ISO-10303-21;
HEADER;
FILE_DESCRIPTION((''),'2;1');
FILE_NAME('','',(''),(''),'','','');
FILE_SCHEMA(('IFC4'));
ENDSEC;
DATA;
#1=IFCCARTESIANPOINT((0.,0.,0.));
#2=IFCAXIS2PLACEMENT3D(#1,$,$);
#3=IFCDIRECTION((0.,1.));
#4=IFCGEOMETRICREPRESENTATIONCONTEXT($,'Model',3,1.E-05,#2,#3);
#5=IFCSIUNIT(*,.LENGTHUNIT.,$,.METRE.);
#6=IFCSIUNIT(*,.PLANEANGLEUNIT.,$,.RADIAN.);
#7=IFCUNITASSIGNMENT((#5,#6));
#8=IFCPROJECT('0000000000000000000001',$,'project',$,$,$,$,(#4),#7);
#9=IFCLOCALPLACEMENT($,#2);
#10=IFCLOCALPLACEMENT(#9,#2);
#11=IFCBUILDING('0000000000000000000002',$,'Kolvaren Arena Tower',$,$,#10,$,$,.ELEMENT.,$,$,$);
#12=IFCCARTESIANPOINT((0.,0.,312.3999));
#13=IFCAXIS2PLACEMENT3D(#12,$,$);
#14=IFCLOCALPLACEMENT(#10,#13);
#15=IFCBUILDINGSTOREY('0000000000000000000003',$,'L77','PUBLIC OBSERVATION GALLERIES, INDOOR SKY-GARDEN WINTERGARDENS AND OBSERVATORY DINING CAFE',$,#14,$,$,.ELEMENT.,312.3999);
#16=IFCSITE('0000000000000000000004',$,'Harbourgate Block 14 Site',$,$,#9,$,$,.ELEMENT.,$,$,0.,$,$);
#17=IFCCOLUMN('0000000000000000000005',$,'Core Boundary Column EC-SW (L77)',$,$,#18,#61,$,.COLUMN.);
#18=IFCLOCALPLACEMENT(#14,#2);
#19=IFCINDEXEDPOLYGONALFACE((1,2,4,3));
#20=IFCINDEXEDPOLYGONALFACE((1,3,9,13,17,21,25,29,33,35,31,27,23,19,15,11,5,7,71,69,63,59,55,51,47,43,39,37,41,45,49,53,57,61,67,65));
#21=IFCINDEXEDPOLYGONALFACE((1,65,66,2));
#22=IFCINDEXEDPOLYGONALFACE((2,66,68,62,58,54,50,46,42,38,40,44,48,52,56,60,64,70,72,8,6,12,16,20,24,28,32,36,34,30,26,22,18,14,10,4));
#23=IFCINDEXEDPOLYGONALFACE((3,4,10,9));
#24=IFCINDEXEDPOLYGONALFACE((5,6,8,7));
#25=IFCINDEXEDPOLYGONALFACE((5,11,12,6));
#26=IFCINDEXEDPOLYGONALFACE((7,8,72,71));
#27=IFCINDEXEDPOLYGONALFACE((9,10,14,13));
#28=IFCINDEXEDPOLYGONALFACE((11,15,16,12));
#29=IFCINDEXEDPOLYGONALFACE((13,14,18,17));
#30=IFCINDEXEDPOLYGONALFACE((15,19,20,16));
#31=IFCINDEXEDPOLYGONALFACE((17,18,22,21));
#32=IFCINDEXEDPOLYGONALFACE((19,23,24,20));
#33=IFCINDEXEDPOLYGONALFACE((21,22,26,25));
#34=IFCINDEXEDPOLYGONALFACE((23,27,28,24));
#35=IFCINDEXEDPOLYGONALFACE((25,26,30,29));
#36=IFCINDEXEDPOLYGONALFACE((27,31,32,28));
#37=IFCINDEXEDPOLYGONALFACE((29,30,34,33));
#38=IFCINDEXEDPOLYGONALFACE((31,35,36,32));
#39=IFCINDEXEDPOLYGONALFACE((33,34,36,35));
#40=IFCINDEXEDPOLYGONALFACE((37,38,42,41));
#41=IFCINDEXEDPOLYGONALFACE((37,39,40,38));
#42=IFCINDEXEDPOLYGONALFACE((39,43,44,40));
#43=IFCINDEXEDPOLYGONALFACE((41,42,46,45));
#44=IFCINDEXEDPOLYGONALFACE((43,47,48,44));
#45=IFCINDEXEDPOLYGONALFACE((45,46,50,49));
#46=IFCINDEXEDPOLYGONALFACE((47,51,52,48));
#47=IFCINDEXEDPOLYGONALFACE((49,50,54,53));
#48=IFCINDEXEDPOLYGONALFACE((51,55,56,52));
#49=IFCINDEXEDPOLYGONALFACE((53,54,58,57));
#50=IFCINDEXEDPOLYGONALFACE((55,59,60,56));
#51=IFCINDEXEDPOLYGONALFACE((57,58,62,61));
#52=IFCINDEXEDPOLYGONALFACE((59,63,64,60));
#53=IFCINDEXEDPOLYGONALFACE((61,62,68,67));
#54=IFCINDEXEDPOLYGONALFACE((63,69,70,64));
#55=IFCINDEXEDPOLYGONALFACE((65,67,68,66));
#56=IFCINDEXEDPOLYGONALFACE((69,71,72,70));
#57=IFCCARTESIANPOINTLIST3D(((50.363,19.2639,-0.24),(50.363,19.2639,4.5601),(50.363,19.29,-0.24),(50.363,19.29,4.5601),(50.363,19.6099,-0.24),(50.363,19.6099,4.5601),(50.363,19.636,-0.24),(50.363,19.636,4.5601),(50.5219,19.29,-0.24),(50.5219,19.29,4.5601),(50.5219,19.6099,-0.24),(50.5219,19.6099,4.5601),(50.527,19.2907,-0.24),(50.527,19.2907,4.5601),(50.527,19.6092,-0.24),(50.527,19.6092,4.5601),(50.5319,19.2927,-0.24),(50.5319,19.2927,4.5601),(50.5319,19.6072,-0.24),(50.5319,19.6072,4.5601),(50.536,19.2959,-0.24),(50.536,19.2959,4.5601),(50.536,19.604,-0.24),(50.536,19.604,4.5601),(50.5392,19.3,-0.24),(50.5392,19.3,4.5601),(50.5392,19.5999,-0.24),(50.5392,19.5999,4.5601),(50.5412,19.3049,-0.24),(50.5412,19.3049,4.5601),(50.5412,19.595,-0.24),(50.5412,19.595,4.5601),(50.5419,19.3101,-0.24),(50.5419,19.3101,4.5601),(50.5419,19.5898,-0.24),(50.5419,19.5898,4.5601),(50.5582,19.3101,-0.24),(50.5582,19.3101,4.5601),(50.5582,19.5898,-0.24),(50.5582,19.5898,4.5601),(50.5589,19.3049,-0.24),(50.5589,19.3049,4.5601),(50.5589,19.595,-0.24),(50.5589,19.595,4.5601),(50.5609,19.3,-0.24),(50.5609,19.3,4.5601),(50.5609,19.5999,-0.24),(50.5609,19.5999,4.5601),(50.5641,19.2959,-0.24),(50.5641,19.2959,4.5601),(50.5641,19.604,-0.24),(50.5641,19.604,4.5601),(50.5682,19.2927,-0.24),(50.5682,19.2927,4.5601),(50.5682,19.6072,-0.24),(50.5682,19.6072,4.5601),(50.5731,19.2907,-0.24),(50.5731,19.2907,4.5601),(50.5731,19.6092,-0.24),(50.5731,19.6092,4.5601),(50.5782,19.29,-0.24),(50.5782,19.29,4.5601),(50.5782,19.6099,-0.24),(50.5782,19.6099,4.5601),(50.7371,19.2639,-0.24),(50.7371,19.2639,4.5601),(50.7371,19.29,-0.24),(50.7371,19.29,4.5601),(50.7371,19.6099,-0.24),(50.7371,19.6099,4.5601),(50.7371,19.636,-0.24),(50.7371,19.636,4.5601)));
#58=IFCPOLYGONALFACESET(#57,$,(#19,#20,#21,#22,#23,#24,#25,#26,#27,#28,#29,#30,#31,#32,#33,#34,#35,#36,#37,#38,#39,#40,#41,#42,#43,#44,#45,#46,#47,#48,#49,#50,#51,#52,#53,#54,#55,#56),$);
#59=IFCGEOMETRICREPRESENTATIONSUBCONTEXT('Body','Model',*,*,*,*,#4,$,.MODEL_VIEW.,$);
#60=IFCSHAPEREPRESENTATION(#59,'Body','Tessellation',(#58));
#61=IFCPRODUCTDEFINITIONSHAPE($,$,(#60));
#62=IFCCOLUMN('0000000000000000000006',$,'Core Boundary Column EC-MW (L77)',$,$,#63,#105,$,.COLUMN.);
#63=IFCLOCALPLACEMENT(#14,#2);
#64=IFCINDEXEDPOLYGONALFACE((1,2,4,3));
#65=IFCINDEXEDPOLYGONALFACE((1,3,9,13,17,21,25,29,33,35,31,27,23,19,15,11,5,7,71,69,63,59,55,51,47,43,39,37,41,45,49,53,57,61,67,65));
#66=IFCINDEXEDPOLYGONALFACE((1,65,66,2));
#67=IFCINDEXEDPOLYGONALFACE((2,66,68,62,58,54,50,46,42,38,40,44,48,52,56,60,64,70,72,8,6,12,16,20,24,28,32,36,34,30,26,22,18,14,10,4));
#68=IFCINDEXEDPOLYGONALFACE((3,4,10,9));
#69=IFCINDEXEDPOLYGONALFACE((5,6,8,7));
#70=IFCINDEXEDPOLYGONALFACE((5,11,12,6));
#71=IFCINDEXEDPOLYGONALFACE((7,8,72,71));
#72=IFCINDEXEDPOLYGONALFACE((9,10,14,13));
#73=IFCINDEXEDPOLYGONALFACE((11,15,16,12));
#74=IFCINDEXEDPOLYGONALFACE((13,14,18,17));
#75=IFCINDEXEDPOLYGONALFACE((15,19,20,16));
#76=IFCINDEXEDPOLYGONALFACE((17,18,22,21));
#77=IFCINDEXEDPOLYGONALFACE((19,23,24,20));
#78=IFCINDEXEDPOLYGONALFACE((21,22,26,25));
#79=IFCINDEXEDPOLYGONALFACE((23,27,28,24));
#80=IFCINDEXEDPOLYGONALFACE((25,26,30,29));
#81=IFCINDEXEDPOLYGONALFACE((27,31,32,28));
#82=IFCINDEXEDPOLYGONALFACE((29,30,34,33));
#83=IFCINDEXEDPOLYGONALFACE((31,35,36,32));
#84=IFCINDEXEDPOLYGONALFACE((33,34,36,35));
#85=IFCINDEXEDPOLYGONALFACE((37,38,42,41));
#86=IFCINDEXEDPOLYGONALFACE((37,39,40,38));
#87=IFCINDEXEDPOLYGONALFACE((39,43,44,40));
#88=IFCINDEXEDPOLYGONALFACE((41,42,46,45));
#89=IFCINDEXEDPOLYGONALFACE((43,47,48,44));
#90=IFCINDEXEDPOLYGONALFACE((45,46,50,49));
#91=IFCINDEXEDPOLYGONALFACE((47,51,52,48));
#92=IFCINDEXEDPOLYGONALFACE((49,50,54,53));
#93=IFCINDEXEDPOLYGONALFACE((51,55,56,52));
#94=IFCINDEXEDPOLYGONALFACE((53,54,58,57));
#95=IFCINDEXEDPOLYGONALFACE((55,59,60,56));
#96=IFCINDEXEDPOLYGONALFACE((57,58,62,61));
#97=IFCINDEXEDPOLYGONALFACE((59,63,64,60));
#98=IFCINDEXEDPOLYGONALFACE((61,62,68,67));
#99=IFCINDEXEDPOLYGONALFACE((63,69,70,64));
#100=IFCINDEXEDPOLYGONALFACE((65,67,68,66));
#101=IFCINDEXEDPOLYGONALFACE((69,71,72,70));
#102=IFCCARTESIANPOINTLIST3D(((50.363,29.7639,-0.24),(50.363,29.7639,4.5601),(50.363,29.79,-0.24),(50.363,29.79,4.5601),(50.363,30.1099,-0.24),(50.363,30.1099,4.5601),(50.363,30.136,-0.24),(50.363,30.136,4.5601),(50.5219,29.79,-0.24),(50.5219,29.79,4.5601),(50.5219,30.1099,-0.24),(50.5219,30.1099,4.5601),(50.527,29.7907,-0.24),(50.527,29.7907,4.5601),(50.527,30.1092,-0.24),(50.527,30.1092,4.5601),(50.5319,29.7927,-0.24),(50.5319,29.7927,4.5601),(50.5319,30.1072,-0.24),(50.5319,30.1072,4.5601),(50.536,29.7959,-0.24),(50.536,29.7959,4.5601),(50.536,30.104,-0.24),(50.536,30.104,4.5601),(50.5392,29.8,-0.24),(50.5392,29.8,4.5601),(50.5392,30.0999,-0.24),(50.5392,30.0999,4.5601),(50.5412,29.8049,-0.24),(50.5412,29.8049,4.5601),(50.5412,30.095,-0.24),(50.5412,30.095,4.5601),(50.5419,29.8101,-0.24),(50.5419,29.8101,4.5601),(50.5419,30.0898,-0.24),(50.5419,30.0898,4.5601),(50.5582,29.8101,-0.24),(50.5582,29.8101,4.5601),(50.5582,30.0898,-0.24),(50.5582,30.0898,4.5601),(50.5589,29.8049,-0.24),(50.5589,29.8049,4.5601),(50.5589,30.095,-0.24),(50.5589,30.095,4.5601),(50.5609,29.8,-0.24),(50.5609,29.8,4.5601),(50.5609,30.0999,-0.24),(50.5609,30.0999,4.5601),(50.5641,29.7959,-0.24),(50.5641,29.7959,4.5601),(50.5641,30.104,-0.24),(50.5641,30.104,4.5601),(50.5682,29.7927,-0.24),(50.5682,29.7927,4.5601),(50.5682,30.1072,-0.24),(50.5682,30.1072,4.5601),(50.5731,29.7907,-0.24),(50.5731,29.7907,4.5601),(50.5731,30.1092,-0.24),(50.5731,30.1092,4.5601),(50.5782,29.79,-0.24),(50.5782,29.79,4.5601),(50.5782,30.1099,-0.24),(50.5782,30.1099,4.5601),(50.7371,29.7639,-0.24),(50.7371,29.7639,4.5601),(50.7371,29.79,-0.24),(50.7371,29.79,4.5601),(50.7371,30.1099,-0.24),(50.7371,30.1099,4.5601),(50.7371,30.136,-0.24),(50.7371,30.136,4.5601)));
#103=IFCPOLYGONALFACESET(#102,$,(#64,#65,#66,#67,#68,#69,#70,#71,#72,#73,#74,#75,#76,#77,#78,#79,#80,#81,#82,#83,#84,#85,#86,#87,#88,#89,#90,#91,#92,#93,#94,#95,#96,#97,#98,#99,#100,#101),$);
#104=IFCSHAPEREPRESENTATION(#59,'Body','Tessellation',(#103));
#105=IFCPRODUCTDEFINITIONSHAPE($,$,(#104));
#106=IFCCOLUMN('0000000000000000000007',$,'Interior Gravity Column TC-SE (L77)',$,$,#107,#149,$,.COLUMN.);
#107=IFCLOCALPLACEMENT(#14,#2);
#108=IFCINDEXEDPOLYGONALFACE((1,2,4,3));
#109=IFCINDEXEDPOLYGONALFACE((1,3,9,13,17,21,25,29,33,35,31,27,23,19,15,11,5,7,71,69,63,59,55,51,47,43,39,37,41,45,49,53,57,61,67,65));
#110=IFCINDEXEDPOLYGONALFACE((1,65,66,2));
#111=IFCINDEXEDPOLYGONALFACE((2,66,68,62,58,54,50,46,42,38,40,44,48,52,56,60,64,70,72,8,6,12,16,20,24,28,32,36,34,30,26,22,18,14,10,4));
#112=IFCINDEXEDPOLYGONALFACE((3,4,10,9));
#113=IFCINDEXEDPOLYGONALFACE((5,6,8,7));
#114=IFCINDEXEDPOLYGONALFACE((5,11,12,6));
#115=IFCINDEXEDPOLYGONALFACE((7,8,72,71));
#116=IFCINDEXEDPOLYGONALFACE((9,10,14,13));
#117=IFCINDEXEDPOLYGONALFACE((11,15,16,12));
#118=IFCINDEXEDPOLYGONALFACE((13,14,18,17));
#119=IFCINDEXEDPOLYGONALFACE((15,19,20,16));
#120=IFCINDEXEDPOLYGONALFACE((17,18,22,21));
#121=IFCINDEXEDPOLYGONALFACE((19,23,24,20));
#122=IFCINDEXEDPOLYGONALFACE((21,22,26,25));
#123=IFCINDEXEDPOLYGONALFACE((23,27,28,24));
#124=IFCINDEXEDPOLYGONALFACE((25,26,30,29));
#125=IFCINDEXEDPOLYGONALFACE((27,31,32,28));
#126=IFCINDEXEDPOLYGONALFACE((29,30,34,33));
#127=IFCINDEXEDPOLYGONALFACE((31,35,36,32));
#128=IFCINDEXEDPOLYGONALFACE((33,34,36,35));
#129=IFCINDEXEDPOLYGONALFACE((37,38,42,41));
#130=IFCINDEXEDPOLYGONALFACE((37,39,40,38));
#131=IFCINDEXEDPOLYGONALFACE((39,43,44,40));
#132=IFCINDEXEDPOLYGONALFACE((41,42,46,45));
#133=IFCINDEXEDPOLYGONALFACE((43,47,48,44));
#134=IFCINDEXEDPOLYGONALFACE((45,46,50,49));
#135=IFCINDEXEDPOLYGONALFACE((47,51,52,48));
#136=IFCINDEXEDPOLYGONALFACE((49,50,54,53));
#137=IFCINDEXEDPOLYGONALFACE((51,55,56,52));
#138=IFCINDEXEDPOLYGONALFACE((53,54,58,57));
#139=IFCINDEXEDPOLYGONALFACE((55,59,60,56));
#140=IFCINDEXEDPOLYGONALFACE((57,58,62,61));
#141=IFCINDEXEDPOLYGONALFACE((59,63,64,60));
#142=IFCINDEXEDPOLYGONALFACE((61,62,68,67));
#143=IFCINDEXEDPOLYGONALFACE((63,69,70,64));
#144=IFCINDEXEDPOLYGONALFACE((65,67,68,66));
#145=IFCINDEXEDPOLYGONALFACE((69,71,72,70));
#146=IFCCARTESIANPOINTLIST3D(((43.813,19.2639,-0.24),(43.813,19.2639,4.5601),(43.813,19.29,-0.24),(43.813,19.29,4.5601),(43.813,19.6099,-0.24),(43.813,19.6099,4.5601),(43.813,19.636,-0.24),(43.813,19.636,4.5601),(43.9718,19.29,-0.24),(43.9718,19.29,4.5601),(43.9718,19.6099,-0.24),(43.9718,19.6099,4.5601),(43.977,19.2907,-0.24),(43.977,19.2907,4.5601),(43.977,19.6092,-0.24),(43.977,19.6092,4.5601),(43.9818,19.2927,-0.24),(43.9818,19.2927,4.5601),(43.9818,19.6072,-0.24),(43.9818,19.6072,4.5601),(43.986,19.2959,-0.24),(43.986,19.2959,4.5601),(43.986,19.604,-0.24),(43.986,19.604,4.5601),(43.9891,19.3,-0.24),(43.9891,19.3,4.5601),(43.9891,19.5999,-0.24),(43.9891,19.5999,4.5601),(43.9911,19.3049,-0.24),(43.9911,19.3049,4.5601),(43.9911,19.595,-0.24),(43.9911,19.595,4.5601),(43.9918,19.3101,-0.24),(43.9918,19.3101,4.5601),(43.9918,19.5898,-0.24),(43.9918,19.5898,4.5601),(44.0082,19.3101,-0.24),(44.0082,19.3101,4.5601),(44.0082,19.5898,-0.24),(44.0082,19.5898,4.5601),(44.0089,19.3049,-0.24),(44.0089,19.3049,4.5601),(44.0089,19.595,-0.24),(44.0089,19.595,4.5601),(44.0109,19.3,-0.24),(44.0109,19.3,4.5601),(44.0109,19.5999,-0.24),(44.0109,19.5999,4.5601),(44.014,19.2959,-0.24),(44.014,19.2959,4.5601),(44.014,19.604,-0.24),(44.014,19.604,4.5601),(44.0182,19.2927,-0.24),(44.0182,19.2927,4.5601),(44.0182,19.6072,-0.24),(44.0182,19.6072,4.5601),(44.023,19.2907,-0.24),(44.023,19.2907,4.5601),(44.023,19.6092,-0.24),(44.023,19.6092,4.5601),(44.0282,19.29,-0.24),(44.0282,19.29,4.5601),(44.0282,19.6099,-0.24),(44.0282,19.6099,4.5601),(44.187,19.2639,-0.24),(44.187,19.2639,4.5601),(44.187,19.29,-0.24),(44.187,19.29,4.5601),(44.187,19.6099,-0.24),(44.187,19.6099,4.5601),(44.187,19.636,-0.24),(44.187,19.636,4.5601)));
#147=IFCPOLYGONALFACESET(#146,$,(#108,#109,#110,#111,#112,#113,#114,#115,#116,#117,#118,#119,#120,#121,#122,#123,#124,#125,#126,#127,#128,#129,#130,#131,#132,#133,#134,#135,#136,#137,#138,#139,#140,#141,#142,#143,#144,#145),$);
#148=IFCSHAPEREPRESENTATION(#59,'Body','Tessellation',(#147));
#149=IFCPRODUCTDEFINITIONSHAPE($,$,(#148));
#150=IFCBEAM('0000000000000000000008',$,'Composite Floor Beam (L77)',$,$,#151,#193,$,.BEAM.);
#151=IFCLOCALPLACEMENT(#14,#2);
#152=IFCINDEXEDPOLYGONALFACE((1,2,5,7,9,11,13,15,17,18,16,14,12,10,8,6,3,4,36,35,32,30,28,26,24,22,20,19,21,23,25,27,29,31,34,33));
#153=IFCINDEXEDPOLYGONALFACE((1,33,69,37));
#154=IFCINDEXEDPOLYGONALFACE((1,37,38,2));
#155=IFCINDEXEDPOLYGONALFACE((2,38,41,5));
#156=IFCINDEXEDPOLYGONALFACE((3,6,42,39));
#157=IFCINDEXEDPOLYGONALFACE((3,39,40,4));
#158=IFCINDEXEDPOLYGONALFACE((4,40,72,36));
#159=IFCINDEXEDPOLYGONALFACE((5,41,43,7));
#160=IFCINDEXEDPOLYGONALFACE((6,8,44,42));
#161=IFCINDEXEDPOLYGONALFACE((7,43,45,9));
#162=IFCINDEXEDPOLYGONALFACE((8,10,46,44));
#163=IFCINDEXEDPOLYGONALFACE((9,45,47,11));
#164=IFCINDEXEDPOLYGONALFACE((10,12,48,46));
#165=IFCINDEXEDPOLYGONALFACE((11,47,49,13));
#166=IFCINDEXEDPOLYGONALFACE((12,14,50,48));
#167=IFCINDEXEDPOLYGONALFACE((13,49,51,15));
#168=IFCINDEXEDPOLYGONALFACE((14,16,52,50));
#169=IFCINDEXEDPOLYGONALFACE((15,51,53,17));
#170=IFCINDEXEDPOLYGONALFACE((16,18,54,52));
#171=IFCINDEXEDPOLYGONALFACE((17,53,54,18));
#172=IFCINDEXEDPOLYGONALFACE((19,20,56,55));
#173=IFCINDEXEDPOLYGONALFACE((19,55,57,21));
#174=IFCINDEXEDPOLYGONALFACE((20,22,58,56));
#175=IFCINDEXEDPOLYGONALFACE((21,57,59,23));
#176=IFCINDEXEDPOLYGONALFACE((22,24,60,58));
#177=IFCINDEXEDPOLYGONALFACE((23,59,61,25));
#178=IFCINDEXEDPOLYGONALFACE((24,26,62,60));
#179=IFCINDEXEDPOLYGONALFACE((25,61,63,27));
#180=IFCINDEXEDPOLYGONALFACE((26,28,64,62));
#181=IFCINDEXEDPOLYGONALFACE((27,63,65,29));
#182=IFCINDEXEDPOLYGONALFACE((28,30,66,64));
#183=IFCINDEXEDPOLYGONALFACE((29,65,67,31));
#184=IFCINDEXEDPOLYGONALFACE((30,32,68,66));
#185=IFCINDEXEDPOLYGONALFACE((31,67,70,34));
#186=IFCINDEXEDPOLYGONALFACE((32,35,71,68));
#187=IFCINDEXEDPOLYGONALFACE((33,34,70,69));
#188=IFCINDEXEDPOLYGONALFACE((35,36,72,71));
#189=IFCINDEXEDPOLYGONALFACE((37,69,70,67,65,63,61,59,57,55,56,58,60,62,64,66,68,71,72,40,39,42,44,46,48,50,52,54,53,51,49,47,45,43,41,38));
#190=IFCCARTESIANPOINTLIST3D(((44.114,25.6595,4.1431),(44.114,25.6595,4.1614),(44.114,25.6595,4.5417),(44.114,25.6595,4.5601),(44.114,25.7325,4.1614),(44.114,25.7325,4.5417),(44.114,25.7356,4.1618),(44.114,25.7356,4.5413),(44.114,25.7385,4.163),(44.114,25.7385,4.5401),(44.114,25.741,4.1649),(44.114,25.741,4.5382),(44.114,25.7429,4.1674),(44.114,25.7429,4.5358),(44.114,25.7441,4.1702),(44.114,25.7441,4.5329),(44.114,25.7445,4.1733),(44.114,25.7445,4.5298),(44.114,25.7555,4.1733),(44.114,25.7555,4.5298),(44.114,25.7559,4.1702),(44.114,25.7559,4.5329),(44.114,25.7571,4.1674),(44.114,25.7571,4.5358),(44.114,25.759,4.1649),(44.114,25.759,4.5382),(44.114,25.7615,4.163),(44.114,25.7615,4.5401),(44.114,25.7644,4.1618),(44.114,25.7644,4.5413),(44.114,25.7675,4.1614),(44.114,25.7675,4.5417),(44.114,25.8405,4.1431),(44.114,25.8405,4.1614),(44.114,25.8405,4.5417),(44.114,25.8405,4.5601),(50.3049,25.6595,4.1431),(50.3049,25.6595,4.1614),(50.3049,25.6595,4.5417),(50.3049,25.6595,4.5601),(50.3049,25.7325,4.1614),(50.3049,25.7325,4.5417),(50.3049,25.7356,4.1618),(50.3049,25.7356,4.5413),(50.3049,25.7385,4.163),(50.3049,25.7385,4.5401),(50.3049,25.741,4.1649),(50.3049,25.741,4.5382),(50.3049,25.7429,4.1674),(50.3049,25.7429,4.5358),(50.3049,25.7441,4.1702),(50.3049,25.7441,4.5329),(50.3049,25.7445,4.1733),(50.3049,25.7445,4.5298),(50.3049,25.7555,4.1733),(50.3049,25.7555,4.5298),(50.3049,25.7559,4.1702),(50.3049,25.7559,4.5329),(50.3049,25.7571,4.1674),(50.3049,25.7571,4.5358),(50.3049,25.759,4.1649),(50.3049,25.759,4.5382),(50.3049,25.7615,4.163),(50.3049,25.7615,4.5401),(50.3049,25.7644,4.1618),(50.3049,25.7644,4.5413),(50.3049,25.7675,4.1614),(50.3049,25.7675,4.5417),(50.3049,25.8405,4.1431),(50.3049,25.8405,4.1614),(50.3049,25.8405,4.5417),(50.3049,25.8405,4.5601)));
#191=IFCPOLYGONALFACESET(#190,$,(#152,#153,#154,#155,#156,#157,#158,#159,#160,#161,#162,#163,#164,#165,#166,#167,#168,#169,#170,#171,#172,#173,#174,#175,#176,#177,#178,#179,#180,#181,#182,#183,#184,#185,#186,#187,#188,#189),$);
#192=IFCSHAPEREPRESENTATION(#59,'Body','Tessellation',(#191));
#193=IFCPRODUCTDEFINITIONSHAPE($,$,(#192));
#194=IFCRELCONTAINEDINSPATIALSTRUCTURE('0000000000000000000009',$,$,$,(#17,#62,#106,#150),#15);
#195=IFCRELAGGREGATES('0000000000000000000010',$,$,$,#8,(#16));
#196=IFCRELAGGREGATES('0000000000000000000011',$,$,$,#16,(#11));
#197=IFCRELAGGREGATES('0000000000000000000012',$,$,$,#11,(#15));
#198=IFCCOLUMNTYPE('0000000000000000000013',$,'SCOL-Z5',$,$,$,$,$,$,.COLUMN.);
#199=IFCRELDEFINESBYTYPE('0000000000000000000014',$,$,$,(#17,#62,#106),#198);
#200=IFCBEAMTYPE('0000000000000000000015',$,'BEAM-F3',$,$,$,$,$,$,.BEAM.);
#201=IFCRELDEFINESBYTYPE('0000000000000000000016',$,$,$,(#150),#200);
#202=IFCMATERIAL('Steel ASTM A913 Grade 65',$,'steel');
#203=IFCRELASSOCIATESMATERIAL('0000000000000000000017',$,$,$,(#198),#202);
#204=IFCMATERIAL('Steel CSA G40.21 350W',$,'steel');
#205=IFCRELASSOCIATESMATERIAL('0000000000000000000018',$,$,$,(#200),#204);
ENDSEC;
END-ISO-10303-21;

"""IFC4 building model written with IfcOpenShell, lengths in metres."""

from ifc_helpers import new_model, si_unit, direction, frame, origin, origin_2d, place, context, subcontext, project, spatial, i_section, extrude, material, material_profile, profile_set, type_object, element, save


model = new_model("IFC4")

# Units and contexts
model_context = context("Model", 3, precision=1e-05, world=origin(), true_north=direction((0.0, 1.0)))
body_context = subcontext(model_context, "Body", "Model", "MODEL_VIEW")
ifc_project = project(units=[si_unit("LENGTHUNIT", "METRE"), si_unit("PLANEANGLEUNIT", "RADIAN")], contexts=[model_context])

# Site, building, storey
site_placement = place(None, origin())
site = spatial("IfcSite", under=ifc_project, at=site_placement, Name="Harbourgate Block 14 Site", CompositionType="ELEMENT", RefElevation=0.0)
building_placement = place(site_placement, origin())
building = spatial("IfcBuilding", under=site, at=building_placement, Name="Kolvaren Arena Tower", CompositionType="ELEMENT")
storey_placement = place(building_placement, frame((0.0, 0.0, 312.3999)))
storey = spatial("IfcBuildingStorey", under=building, at=storey_placement, Name="L77", Description="PUBLIC OBSERVATION GALLERIES, INDOOR SKY-GARDEN WINTERGARDENS AND OBSERVATORY DINING CAFE", CompositionType="ELEMENT", Elevation=312.3999)

# Columns
ifc_material_1 = material(Name="Steel ASTM A913 Grade 65", Category="steel")
ifc_material_profile_1 = material_profile(ifc_material_1, i_section(OverallWidth=0.374, OverallDepth=0.3721, WebThickness=0.0164, FlangeThickness=0.0261, FilletRadius=0.02, at=origin_2d()), Name="W360x196")
ifc_profile_set_1 = profile_set([ifc_material_profile_1], Name="Steel ASTM A913 Grade 65")
column_type = type_object("IfcColumnType", Name="SCOL-Z5", PredefinedType="COLUMN", material=ifc_profile_set_1)
for number, where, z_axis, x_axis, name in (
    (1, (50.55, 19.45, -0.24), (0.0, 0.0, 1.0), (1.0, 0.0, 0.0), "Core Boundary Column EC-SW (L77)"),
    (2, (50.55, 29.95, -0.24), (0.0, 0.0, 1.0), (1.0, 0.0, 0.0), "Core Boundary Column EC-MW (L77)"),
    (3, (44.0, 19.45, -0.24), (0.0, 0.0, 1.0), (1.0, 0.0, 0.0), "Interior Gravity Column TC-SE (L77)"),
):
    element("IfcColumn", number, at=place(storey_placement, frame(where, z_axis=z_axis, x_axis=x_axis)), inside=storey, type_object=column_type, Name=name, PredefinedType="COLUMN", context=body_context, shape_type="SweptSolid", body=[
        extrude(i_section(OverallWidth=0.374, OverallDepth=0.3721, WebThickness=0.0164, FlangeThickness=0.0261, FilletRadius=0.02, at=origin_2d()), origin(), (0.0, 0.0, 1.0), 4.8),
    ])

# Beam
ifc_material_2 = material(Name="Steel CSA G40.21 350W", Category="steel")
ifc_material_profile_2 = material_profile(ifc_material_2, i_section(OverallWidth=0.1809, OverallDepth=0.417, WebThickness=0.011, FlangeThickness=0.0183, FilletRadius=0.012, at=origin_2d()), Name="W410x85")
ifc_profile_set_2 = profile_set([ifc_material_profile_2], Name="Steel CSA G40.21 350W")
beam_type_1 = type_object("IfcBeamType", Name="BEAM-F3", PredefinedType="BEAM", material=ifc_profile_set_2)
beam_1_placement = place(storey_placement, frame((44.114, 25.75, 4.3516), z_axis=(1.0, 0.0, 0.0), x_axis=(0.0, 1.0, 0.0)))
element("IfcBeam", 4, at=beam_1_placement, inside=storey, type_object=beam_type_1, Name="Composite Floor Beam (L77)", PredefinedType="BEAM", context=body_context, shape_type="SweptSolid", body=[
    extrude(i_section(OverallWidth=0.1809, OverallDepth=0.417, WebThickness=0.011, FlangeThickness=0.0183, FilletRadius=0.012, at=origin_2d()), origin(), (0.0, 0.0, 1.0), 6.1909),
])

save(model, "model.ifc")
